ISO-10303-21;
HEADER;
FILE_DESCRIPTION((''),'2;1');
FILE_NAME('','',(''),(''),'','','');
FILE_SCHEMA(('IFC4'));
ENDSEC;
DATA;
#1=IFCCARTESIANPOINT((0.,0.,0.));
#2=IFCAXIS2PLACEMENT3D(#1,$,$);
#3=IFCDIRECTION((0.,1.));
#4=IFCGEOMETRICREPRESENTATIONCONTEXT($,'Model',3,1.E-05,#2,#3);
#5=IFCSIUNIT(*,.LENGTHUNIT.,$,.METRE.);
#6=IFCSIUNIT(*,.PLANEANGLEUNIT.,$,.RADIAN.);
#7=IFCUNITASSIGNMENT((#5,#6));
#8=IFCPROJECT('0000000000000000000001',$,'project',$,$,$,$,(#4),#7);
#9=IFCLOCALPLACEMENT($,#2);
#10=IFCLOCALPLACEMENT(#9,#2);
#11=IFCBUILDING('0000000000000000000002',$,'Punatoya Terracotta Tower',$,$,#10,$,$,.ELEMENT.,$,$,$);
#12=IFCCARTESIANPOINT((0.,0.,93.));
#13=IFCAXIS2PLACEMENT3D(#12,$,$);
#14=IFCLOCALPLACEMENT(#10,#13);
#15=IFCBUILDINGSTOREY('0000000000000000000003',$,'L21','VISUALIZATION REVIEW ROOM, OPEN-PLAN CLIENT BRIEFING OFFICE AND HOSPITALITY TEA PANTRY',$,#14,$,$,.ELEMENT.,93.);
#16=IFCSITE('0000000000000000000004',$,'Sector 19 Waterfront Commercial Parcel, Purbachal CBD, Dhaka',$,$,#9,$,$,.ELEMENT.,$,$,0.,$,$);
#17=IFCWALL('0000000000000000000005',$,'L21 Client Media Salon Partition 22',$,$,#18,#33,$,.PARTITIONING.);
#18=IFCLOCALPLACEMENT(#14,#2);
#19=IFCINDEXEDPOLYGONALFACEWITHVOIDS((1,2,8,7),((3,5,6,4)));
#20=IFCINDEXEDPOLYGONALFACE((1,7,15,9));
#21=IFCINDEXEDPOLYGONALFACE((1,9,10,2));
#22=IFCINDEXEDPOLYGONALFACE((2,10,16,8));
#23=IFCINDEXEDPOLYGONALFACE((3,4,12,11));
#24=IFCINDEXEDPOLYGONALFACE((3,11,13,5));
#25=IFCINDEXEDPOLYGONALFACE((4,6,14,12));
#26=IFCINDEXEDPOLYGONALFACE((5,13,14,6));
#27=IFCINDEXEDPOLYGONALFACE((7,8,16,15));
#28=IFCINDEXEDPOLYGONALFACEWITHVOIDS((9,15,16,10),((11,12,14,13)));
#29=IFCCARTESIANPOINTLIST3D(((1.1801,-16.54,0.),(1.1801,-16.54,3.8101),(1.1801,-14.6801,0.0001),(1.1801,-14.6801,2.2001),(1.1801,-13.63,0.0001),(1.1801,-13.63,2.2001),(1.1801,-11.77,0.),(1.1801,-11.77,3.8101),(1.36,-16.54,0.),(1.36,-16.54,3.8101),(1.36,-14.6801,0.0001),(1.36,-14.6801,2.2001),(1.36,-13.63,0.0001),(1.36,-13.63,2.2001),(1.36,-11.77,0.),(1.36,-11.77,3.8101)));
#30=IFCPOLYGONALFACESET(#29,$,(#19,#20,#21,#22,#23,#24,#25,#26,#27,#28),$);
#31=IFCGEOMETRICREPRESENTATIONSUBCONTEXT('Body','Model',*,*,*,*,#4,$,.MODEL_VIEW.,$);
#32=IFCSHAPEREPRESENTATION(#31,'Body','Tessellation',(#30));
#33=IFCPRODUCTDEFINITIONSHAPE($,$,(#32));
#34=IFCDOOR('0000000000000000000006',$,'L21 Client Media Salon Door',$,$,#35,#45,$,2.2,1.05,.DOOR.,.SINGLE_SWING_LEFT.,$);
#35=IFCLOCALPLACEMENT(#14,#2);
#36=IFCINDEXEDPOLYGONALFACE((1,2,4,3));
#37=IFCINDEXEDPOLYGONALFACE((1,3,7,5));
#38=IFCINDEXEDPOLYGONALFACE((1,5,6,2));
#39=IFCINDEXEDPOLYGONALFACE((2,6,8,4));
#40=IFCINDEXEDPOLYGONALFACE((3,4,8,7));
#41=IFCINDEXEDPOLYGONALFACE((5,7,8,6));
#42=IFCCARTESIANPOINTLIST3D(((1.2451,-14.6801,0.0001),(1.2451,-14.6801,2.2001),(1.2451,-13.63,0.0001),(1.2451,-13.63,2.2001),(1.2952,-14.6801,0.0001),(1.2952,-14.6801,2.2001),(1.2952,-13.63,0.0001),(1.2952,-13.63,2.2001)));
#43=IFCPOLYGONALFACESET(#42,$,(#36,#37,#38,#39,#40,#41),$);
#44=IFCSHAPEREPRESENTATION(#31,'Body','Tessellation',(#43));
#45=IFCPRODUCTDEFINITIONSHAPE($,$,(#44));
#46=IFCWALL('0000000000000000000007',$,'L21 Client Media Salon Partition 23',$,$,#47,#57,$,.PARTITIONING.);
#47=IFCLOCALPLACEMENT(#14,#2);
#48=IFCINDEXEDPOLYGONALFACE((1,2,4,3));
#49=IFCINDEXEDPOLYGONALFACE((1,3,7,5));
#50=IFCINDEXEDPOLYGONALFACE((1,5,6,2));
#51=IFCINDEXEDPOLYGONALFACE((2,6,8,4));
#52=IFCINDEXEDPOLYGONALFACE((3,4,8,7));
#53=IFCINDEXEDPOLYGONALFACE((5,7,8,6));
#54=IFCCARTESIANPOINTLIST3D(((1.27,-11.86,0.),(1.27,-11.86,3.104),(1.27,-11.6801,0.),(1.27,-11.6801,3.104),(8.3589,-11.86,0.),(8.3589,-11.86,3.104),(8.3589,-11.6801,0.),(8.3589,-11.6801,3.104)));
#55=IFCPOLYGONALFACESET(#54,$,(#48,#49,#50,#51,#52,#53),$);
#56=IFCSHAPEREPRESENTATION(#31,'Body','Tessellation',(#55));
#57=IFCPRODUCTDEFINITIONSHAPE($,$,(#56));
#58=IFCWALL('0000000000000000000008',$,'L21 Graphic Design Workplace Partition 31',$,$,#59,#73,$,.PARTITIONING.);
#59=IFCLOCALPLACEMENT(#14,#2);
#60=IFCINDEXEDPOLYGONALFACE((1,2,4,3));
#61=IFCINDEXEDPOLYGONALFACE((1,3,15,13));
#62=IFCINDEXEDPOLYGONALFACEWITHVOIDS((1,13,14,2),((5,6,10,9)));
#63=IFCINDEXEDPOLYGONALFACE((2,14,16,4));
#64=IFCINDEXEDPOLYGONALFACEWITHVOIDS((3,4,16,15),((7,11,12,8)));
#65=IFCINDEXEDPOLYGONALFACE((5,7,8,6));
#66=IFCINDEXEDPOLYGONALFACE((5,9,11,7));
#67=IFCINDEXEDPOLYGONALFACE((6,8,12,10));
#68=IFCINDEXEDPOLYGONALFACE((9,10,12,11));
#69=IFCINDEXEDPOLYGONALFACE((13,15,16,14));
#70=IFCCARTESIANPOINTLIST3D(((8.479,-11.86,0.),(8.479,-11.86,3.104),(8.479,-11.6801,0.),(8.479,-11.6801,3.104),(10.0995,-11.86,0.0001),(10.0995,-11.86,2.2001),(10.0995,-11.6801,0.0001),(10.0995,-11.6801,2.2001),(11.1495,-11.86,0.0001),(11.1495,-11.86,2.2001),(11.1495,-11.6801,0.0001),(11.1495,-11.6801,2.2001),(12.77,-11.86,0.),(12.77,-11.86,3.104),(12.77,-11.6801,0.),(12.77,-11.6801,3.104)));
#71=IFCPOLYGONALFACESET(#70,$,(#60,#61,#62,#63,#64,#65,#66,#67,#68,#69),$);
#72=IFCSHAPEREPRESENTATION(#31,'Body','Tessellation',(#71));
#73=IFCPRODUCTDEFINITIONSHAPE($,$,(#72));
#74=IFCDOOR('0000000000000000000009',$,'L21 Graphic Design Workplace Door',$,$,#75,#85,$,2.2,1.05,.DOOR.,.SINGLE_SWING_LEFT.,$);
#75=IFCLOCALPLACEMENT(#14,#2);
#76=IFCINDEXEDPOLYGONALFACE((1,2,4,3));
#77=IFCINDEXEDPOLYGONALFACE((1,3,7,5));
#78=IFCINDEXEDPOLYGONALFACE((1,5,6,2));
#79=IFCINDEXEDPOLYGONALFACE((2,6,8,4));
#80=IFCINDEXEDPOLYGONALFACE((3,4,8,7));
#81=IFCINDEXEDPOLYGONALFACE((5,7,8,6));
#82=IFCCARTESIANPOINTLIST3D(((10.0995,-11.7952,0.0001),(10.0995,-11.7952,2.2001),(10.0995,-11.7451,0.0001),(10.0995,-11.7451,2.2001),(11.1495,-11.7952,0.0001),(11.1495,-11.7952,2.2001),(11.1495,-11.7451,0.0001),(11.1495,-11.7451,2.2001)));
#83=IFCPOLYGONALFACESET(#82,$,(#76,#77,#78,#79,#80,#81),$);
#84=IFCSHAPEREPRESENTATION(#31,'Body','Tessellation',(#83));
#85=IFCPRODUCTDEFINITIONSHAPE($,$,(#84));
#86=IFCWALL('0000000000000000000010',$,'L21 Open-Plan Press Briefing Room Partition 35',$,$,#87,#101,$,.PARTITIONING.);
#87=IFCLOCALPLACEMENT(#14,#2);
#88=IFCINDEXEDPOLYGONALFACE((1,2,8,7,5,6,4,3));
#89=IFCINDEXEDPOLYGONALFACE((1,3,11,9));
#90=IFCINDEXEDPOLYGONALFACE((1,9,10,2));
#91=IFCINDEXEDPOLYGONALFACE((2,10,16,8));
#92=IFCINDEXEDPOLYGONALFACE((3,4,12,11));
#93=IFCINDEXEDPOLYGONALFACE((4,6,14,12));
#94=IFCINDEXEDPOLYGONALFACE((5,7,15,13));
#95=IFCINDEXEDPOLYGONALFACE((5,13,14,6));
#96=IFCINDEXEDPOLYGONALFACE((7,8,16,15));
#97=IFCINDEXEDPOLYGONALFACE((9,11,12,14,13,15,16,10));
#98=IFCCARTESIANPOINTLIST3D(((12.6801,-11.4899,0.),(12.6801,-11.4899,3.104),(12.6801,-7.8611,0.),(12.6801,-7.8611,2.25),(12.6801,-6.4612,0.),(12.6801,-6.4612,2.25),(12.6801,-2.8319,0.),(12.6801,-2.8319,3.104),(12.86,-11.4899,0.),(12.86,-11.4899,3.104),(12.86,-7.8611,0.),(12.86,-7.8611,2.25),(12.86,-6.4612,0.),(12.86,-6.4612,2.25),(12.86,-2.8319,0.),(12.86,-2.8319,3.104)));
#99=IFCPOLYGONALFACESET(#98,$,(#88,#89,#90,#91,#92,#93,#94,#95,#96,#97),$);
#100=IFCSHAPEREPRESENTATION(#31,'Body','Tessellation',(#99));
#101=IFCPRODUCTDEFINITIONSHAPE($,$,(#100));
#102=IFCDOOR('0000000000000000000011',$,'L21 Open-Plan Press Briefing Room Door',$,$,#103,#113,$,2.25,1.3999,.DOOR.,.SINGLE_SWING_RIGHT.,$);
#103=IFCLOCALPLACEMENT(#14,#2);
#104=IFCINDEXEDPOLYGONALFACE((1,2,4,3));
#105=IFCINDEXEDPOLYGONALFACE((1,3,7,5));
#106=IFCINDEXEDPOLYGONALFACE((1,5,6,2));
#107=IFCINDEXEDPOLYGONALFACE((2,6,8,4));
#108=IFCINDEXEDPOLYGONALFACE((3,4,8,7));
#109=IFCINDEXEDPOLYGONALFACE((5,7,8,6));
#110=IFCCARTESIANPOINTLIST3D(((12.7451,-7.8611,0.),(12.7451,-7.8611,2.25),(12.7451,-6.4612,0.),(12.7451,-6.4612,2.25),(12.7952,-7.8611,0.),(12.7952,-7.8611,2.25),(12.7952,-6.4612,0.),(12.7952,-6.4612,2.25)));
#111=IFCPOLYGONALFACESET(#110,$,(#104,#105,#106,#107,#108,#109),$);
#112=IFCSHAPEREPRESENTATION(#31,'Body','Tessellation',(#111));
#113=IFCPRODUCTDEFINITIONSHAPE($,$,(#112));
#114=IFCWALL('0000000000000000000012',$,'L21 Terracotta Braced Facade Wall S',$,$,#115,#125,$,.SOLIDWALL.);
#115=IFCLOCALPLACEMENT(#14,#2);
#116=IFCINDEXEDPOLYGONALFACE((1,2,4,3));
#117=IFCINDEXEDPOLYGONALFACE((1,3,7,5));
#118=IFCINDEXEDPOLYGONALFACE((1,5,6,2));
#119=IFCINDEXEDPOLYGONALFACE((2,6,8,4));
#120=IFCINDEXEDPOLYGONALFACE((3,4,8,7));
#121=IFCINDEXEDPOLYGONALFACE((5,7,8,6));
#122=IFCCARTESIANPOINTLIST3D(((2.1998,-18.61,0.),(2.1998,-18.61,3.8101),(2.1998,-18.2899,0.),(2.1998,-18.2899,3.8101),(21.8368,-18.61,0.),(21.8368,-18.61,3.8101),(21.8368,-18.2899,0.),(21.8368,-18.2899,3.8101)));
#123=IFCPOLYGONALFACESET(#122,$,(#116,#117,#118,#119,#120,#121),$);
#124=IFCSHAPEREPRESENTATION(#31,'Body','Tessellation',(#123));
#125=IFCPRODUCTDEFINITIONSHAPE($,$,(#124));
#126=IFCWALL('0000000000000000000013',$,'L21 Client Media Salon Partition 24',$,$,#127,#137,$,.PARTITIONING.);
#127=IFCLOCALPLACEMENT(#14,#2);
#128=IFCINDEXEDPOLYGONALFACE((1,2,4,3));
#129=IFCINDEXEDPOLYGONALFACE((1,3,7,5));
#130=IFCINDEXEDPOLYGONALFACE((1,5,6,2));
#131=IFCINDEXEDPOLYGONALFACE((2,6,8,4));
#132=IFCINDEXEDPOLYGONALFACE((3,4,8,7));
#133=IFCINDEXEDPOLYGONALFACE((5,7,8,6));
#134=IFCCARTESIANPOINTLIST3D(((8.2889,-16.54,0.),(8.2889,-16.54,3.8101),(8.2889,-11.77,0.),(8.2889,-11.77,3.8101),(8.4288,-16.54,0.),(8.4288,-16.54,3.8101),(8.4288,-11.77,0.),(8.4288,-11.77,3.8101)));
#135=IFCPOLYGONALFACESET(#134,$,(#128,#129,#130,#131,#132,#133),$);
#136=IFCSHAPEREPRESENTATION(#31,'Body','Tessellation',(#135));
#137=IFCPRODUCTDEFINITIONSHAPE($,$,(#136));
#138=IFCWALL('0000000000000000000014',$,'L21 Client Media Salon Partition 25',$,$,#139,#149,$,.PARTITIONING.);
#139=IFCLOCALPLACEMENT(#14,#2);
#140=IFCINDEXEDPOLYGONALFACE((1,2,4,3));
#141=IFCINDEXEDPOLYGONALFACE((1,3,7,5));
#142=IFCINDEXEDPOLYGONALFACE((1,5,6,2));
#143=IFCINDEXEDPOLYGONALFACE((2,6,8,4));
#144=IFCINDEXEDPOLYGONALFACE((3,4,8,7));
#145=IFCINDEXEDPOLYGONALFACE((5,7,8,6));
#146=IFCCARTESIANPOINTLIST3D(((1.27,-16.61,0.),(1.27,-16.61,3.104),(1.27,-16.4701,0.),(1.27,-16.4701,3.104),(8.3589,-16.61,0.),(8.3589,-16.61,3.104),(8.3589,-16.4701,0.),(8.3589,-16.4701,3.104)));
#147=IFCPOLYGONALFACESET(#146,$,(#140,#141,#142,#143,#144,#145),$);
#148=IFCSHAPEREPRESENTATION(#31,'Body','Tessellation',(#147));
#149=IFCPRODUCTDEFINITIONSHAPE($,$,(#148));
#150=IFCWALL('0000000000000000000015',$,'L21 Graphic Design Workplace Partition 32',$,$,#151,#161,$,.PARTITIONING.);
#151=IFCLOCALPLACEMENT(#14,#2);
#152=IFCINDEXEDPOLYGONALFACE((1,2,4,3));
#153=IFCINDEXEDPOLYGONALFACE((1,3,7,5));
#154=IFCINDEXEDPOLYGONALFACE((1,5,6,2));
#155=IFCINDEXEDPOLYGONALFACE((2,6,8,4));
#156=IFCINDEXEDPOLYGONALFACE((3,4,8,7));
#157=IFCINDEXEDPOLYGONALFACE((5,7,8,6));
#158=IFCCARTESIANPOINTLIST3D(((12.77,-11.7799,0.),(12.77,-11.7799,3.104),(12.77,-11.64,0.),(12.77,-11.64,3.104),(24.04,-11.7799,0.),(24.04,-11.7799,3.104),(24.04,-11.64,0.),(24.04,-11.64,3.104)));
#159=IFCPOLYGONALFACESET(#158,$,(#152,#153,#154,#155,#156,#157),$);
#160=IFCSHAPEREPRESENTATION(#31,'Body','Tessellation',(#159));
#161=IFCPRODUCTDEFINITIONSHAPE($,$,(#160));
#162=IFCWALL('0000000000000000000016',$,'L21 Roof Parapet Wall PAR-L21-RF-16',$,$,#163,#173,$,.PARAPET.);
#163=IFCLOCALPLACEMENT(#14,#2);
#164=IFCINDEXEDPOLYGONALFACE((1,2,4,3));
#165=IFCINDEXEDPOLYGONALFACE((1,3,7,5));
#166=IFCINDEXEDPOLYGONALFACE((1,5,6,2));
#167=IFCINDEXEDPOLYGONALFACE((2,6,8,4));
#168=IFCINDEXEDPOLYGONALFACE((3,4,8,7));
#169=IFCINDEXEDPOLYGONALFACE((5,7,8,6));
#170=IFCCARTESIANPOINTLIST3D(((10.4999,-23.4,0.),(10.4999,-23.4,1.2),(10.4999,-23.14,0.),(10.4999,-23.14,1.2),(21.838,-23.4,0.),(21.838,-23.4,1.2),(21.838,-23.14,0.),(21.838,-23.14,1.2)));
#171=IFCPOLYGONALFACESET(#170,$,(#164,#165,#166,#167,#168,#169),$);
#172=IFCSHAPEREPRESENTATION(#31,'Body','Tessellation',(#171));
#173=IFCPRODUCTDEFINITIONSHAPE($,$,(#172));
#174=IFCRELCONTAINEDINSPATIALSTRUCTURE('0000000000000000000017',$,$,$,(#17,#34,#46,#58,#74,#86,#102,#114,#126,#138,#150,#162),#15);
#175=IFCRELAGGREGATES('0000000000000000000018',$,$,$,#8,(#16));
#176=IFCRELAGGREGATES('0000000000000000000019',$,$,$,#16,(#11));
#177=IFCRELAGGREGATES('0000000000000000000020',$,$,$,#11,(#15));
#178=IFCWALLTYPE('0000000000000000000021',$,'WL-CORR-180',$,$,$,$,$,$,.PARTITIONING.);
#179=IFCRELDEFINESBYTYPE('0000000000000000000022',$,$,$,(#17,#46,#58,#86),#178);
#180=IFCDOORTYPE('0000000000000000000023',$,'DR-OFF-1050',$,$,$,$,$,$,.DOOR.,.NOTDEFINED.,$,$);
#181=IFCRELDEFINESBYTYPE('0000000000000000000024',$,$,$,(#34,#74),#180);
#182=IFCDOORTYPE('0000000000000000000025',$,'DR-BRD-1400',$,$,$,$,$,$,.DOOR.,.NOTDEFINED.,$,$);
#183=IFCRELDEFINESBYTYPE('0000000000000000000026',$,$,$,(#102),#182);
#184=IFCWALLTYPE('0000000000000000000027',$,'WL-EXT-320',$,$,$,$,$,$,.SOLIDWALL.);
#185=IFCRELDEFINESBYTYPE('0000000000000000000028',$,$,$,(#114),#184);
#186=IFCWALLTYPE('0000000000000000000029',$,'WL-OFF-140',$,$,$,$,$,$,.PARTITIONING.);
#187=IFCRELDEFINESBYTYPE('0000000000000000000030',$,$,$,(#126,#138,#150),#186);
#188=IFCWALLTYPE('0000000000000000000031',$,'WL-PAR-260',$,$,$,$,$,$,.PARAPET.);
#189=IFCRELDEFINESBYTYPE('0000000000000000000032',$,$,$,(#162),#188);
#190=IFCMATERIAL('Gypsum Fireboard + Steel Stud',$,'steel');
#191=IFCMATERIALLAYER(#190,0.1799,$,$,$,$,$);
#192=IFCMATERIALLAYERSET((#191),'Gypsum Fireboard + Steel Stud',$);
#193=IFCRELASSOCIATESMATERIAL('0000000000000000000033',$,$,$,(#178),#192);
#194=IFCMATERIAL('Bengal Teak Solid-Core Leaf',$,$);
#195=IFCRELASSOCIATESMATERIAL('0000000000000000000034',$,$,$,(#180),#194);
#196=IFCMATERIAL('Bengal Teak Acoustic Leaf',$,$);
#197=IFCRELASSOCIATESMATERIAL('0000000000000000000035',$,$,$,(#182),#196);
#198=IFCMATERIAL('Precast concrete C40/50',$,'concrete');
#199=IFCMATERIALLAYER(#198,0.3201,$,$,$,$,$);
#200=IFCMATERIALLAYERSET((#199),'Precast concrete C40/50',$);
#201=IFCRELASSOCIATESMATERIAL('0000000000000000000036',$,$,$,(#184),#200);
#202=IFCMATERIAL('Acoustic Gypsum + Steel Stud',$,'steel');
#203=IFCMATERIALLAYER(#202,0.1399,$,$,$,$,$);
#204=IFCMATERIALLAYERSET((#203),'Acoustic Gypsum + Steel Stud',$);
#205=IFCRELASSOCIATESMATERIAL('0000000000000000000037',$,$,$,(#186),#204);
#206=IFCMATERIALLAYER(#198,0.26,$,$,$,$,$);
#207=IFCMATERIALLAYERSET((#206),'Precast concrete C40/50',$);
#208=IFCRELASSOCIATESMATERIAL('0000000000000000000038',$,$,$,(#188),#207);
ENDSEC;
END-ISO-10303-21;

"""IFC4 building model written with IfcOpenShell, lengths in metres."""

from ifc_helpers import new_model, si_unit, direction, frame, frame_2d, origin, place, context, subcontext, project, spatial, rectangle, extrude, material, layer, layer_set, type_object, element, fill, save


model = new_model("IFC4")

# Units and contexts
model_context = context("Model", 3, precision=1e-05, world=origin(), true_north=direction((0.0, 1.0)))
body_context = subcontext(model_context, "Body", "Model", "MODEL_VIEW")
ifc_project = project(units=[si_unit("LENGTHUNIT", "METRE"), si_unit("PLANEANGLEUNIT", "RADIAN")], contexts=[model_context])

# Site, building, storey
site_placement = place(None, origin())
site = spatial("IfcSite", under=ifc_project, at=site_placement, Name="Sector 19 Waterfront Commercial Parcel, Purbachal CBD, Dhaka", CompositionType="ELEMENT", RefElevation=0.0)
building_placement = place(site_placement, origin())
building = spatial("IfcBuilding", under=site, at=building_placement, Name="Punatoya Terracotta Tower", CompositionType="ELEMENT")
storey_placement = place(building_placement, frame((0.0, 0.0, 93.0)))
storey = spatial("IfcBuildingStorey", under=building, at=storey_placement, Name="L21", Description="VISUALIZATION REVIEW ROOM, OPEN-PLAN CLIENT BRIEFING OFFICE AND HOSPITALITY TEA PANTRY", CompositionType="ELEMENT", Elevation=93.0)

# Wall, opening, door
ifc_material_1 = material(Name="Gypsum Fireboard + Steel Stud", Category="steel")
ifc_layer_1 = layer(ifc_material_1, 0.1799)
ifc_layer_set_1 = layer_set([ifc_layer_1], Name="Gypsum Fireboard + Steel Stud")
wall_type_1 = type_object("IfcWallType", Name="WL-CORR-180", PredefinedType="PARTITIONING", material=ifc_layer_set_1)
wall_1_placement = place(storey_placement, frame((1.27, -16.54, 0.0), z_axis=(0.0, 0.0, 1.0), x_axis=(0.0, 1.0, 0.0)))
wall_1 = element("IfcWall", 1, at=wall_1_placement, inside=storey, type_object=wall_type_1, Name="L21 Client Media Salon Partition 22", PredefinedType="PARTITIONING", context=body_context, shape_type="SweptSolid", body=[
    extrude(rectangle(XDim=4.77, YDim=0.1799, at=frame_2d((2.385, 0.0))), origin(), (0.0, 0.0, 1.0), 3.8101),
])
opening_1_placement = place(wall_1_placement, frame((1.8601, 0.0, 0.0)))
opening_1 = element("IfcOpeningElement", 2, at=opening_1_placement, cuts=wall_1, PredefinedType="OPENING", context=body_context, shape_type="SweptSolid", body=[
    extrude(rectangle(XDim=1.05, YDim=2.2, at=frame_2d((0.5249, 1.1001))), frame((0.0, 0.0999, 0.0), z_axis=(0.0, -1.0, 0.0), x_axis=(1.0, 0.0, 0.0)), (0.0, 0.0, 1.0), 0.2),
])
ifc_material_2 = material(Name="Bengal Teak Solid-Core Leaf")
door_type_1 = type_object("IfcDoorType", Name="DR-OFF-1050", OperationType="NOTDEFINED", PredefinedType="DOOR", material=ifc_material_2)
door_1_placement = place(opening_1_placement, origin())
door_1 = element("IfcDoor", 3, at=door_1_placement, inside=storey, type_object=door_type_1, Name="L21 Client Media Salon Door", OperationType="SINGLE_SWING_LEFT", OverallHeight=2.2, OverallWidth=1.05, PredefinedType="DOOR", context=body_context, shape_type="SweptSolid", body=[
    extrude(rectangle(XDim=1.05, YDim=2.2, at=frame_2d((0.5249, 1.1001))), frame((0.0, 0.0249, 0.0), z_axis=(0.0, -1.0, 0.0), x_axis=(1.0, 0.0, 0.0)), (0.0, 0.0, 1.0), 0.05),
])
fill(opening_1, door_1)

# Wall
wall_2_placement = place(storey_placement, frame((1.27, -11.77, 0.0), z_axis=(0.0, 0.0, 1.0), x_axis=(1.0, 0.0, 0.0)))
element("IfcWall", 4, at=wall_2_placement, inside=storey, type_object=wall_type_1, Name="L21 Client Media Salon Partition 23", PredefinedType="PARTITIONING", context=body_context, shape_type="SweptSolid", body=[
    extrude(rectangle(XDim=7.0889, YDim=0.1799, at=frame_2d((3.5444, 0.0))), origin(), (0.0, 0.0, 1.0), 3.104),
])

# Walls, openings, doors
wall_3_placement = place(storey_placement, frame((8.479, -11.77, 0.0), z_axis=(0.0, 0.0, 1.0), x_axis=(1.0, 0.0, 0.0)))
wall_3 = element("IfcWall", 5, at=wall_3_placement, inside=storey, type_object=wall_type_1, Name="L21 Graphic Design Workplace Partition 31", PredefinedType="PARTITIONING", context=body_context, shape_type="SweptSolid", body=[
    extrude(rectangle(XDim=4.291, YDim=0.1799, at=frame_2d((2.1455, 0.0))), origin(), (0.0, 0.0, 1.0), 3.104),
])
opening_2_placement = place(wall_3_placement, frame((1.6206, 0.0, 0.0)))
opening_2 = element("IfcOpeningElement", 6, at=opening_2_placement, cuts=wall_3, PredefinedType="OPENING", context=body_context, shape_type="SweptSolid", body=[
    extrude(rectangle(XDim=1.05, YDim=2.2, at=frame_2d((0.5249, 1.1001))), frame((0.0, 0.0999, 0.0), z_axis=(0.0, -1.0, 0.0), x_axis=(1.0, 0.0, 0.0)), (0.0, 0.0, 1.0), 0.2),
])
door_2_placement = place(opening_2_placement, origin())
door_2 = element("IfcDoor", 7, at=door_2_placement, inside=storey, type_object=door_type_1, Name="L21 Graphic Design Workplace Door", OperationType="SINGLE_SWING_LEFT", OverallHeight=2.2, OverallWidth=1.05, PredefinedType="DOOR", context=body_context, shape_type="SweptSolid", body=[
    extrude(rectangle(XDim=1.05, YDim=2.2, at=frame_2d((0.5249, 1.1001))), frame((0.0, 0.0249, 0.0), z_axis=(0.0, -1.0, 0.0), x_axis=(1.0, 0.0, 0.0)), (0.0, 0.0, 1.0), 0.05),
])
fill(opening_2, door_2)
wall_4_placement = place(storey_placement, frame((12.77, -11.49, 0.0), z_axis=(0.0, 0.0, 1.0), x_axis=(0.0, 1.0, 0.0)))
wall_4 = element("IfcWall", 8, at=wall_4_placement, inside=storey, type_object=wall_type_1, Name="L21 Open-Plan Press Briefing Room Partition 35", PredefinedType="PARTITIONING", context=body_context, shape_type="SweptSolid", body=[
    extrude(rectangle(XDim=8.658, YDim=0.1799, at=frame_2d((4.3291, 0.0))), origin(), (0.0, 0.0, 1.0), 3.104),
])
opening_3_placement = place(wall_4_placement, frame((3.6289, 0.0, 0.0)))
opening_3 = element("IfcOpeningElement", 9, at=opening_3_placement, cuts=wall_4, PredefinedType="OPENING", context=body_context, shape_type="SweptSolid", body=[
    extrude(rectangle(XDim=1.3999, YDim=2.25, at=frame_2d((0.7, 1.125))), frame((0.0, 0.0999, 0.0), z_axis=(0.0, -1.0, 0.0), x_axis=(1.0, 0.0, 0.0)), (0.0, 0.0, 1.0), 0.2),
])
ifc_material_3 = material(Name="Bengal Teak Acoustic Leaf")
door_type_2 = type_object("IfcDoorType", Name="DR-BRD-1400", OperationType="NOTDEFINED", PredefinedType="DOOR", material=ifc_material_3)
door_3_placement = place(opening_3_placement, origin())
door_3 = element("IfcDoor", 10, at=door_3_placement, inside=storey, type_object=door_type_2, Name="L21 Open-Plan Press Briefing Room Door", OperationType="SINGLE_SWING_RIGHT", OverallHeight=2.25, OverallWidth=1.3999, PredefinedType="DOOR", context=body_context, shape_type="SweptSolid", body=[
    extrude(rectangle(XDim=1.3999, YDim=2.25, at=frame_2d((0.7, 1.125))), frame((0.0, 0.0249, 0.0), z_axis=(0.0, -1.0, 0.0), x_axis=(1.0, 0.0, 0.0)), (0.0, 0.0, 1.0), 0.05),
])
fill(opening_3, door_3)

# Walls
ifc_material_4 = material(Name="Precast concrete C40/50", Category="concrete")
ifc_layer_2 = layer(ifc_material_4, 0.3201)
ifc_layer_set_2 = layer_set([ifc_layer_2], Name="Precast concrete C40/50")
wall_type_2 = type_object("IfcWallType", Name="WL-EXT-320", PredefinedType="SOLIDWALL", material=ifc_layer_set_2)
wall_5_placement = place(storey_placement, frame((2.2, -18.45, 0.0), z_axis=(0.0, 0.0, 1.0), x_axis=(1.0, 0.0, 0.0)))
element("IfcWall", 11, at=wall_5_placement, inside=storey, type_object=wall_type_2, Name="L21 Terracotta Braced Facade Wall S", PredefinedType="SOLIDWALL", context=body_context, shape_type="SweptSolid", body=[
    extrude(rectangle(XDim=19.637, YDim=0.3201, at=frame_2d((9.8184, 0.0))), origin(), (0.0, 0.0, 1.0), 3.8101),
])
ifc_material_5 = material(Name="Acoustic Gypsum + Steel Stud", Category="steel")
ifc_layer_3 = layer(ifc_material_5, 0.1399)
ifc_layer_set_3 = layer_set([ifc_layer_3], Name="Acoustic Gypsum + Steel Stud")
wall_type_3 = type_object("IfcWallType", Name="WL-OFF-140", PredefinedType="PARTITIONING", material=ifc_layer_set_3)
wall_6_placement = place(storey_placement, frame((8.3589, -11.77, 0.0), z_axis=(0.0, 0.0, 1.0), x_axis=(0.0, -1.0, 0.0)))
element("IfcWall", 12, at=wall_6_placement, inside=storey, type_object=wall_type_3, Name="L21 Client Media Salon Partition 24", PredefinedType="PARTITIONING", context=body_context, shape_type="SweptSolid", body=[
    extrude(rectangle(XDim=4.77, YDim=0.1399, at=frame_2d((2.385, 0.0))), origin(), (0.0, 0.0, 1.0), 3.8101),
])
wall_7_placement = place(storey_placement, frame((8.3589, -16.54, 0.0), z_axis=(0.0, 0.0, 1.0), x_axis=(-1.0, 0.0, 0.0)))
element("IfcWall", 13, at=wall_7_placement, inside=storey, type_object=wall_type_3, Name="L21 Client Media Salon Partition 25", PredefinedType="PARTITIONING", context=body_context, shape_type="SweptSolid", body=[
    extrude(rectangle(XDim=7.0889, YDim=0.1399, at=frame_2d((3.5444, 0.0))), origin(), (0.0, 0.0, 1.0), 3.104),
])
wall_8_placement = place(storey_placement, frame((12.77, -11.71, 0.0), z_axis=(0.0, 0.0, 1.0), x_axis=(1.0, 0.0, 0.0)))
element("IfcWall", 14, at=wall_8_placement, inside=storey, type_object=wall_type_3, Name="L21 Graphic Design Workplace Partition 32", PredefinedType="PARTITIONING", context=body_context, shape_type="SweptSolid", body=[
    extrude(rectangle(XDim=11.27, YDim=0.1399, at=frame_2d((5.635, 0.0))), origin(), (0.0, 0.0, 1.0), 3.104),
])
ifc_layer_4 = layer(ifc_material_4, 0.26)
ifc_layer_set_4 = layer_set([ifc_layer_4], Name="Precast concrete C40/50")
wall_type_4 = type_object("IfcWallType", Name="WL-PAR-260", PredefinedType="PARAPET", material=ifc_layer_set_4)
wall_9_placement = place(storey_placement, frame((10.5, -23.27, 0.0), z_axis=(0.0, 0.0, 1.0), x_axis=(1.0, 0.0, 0.0)))
element("IfcWall", 15, at=wall_9_placement, inside=storey, type_object=wall_type_4, Name="L21 Roof Parapet Wall PAR-L21-RF-16", PredefinedType="PARAPET", context=body_context, shape_type="SweptSolid", body=[
    extrude(rectangle(XDim=11.3381, YDim=0.26, at=frame_2d((5.6689, 0.0))), origin(), (0.0, 0.0, 1.0), 1.2),
])

save(model, "model.ifc")
